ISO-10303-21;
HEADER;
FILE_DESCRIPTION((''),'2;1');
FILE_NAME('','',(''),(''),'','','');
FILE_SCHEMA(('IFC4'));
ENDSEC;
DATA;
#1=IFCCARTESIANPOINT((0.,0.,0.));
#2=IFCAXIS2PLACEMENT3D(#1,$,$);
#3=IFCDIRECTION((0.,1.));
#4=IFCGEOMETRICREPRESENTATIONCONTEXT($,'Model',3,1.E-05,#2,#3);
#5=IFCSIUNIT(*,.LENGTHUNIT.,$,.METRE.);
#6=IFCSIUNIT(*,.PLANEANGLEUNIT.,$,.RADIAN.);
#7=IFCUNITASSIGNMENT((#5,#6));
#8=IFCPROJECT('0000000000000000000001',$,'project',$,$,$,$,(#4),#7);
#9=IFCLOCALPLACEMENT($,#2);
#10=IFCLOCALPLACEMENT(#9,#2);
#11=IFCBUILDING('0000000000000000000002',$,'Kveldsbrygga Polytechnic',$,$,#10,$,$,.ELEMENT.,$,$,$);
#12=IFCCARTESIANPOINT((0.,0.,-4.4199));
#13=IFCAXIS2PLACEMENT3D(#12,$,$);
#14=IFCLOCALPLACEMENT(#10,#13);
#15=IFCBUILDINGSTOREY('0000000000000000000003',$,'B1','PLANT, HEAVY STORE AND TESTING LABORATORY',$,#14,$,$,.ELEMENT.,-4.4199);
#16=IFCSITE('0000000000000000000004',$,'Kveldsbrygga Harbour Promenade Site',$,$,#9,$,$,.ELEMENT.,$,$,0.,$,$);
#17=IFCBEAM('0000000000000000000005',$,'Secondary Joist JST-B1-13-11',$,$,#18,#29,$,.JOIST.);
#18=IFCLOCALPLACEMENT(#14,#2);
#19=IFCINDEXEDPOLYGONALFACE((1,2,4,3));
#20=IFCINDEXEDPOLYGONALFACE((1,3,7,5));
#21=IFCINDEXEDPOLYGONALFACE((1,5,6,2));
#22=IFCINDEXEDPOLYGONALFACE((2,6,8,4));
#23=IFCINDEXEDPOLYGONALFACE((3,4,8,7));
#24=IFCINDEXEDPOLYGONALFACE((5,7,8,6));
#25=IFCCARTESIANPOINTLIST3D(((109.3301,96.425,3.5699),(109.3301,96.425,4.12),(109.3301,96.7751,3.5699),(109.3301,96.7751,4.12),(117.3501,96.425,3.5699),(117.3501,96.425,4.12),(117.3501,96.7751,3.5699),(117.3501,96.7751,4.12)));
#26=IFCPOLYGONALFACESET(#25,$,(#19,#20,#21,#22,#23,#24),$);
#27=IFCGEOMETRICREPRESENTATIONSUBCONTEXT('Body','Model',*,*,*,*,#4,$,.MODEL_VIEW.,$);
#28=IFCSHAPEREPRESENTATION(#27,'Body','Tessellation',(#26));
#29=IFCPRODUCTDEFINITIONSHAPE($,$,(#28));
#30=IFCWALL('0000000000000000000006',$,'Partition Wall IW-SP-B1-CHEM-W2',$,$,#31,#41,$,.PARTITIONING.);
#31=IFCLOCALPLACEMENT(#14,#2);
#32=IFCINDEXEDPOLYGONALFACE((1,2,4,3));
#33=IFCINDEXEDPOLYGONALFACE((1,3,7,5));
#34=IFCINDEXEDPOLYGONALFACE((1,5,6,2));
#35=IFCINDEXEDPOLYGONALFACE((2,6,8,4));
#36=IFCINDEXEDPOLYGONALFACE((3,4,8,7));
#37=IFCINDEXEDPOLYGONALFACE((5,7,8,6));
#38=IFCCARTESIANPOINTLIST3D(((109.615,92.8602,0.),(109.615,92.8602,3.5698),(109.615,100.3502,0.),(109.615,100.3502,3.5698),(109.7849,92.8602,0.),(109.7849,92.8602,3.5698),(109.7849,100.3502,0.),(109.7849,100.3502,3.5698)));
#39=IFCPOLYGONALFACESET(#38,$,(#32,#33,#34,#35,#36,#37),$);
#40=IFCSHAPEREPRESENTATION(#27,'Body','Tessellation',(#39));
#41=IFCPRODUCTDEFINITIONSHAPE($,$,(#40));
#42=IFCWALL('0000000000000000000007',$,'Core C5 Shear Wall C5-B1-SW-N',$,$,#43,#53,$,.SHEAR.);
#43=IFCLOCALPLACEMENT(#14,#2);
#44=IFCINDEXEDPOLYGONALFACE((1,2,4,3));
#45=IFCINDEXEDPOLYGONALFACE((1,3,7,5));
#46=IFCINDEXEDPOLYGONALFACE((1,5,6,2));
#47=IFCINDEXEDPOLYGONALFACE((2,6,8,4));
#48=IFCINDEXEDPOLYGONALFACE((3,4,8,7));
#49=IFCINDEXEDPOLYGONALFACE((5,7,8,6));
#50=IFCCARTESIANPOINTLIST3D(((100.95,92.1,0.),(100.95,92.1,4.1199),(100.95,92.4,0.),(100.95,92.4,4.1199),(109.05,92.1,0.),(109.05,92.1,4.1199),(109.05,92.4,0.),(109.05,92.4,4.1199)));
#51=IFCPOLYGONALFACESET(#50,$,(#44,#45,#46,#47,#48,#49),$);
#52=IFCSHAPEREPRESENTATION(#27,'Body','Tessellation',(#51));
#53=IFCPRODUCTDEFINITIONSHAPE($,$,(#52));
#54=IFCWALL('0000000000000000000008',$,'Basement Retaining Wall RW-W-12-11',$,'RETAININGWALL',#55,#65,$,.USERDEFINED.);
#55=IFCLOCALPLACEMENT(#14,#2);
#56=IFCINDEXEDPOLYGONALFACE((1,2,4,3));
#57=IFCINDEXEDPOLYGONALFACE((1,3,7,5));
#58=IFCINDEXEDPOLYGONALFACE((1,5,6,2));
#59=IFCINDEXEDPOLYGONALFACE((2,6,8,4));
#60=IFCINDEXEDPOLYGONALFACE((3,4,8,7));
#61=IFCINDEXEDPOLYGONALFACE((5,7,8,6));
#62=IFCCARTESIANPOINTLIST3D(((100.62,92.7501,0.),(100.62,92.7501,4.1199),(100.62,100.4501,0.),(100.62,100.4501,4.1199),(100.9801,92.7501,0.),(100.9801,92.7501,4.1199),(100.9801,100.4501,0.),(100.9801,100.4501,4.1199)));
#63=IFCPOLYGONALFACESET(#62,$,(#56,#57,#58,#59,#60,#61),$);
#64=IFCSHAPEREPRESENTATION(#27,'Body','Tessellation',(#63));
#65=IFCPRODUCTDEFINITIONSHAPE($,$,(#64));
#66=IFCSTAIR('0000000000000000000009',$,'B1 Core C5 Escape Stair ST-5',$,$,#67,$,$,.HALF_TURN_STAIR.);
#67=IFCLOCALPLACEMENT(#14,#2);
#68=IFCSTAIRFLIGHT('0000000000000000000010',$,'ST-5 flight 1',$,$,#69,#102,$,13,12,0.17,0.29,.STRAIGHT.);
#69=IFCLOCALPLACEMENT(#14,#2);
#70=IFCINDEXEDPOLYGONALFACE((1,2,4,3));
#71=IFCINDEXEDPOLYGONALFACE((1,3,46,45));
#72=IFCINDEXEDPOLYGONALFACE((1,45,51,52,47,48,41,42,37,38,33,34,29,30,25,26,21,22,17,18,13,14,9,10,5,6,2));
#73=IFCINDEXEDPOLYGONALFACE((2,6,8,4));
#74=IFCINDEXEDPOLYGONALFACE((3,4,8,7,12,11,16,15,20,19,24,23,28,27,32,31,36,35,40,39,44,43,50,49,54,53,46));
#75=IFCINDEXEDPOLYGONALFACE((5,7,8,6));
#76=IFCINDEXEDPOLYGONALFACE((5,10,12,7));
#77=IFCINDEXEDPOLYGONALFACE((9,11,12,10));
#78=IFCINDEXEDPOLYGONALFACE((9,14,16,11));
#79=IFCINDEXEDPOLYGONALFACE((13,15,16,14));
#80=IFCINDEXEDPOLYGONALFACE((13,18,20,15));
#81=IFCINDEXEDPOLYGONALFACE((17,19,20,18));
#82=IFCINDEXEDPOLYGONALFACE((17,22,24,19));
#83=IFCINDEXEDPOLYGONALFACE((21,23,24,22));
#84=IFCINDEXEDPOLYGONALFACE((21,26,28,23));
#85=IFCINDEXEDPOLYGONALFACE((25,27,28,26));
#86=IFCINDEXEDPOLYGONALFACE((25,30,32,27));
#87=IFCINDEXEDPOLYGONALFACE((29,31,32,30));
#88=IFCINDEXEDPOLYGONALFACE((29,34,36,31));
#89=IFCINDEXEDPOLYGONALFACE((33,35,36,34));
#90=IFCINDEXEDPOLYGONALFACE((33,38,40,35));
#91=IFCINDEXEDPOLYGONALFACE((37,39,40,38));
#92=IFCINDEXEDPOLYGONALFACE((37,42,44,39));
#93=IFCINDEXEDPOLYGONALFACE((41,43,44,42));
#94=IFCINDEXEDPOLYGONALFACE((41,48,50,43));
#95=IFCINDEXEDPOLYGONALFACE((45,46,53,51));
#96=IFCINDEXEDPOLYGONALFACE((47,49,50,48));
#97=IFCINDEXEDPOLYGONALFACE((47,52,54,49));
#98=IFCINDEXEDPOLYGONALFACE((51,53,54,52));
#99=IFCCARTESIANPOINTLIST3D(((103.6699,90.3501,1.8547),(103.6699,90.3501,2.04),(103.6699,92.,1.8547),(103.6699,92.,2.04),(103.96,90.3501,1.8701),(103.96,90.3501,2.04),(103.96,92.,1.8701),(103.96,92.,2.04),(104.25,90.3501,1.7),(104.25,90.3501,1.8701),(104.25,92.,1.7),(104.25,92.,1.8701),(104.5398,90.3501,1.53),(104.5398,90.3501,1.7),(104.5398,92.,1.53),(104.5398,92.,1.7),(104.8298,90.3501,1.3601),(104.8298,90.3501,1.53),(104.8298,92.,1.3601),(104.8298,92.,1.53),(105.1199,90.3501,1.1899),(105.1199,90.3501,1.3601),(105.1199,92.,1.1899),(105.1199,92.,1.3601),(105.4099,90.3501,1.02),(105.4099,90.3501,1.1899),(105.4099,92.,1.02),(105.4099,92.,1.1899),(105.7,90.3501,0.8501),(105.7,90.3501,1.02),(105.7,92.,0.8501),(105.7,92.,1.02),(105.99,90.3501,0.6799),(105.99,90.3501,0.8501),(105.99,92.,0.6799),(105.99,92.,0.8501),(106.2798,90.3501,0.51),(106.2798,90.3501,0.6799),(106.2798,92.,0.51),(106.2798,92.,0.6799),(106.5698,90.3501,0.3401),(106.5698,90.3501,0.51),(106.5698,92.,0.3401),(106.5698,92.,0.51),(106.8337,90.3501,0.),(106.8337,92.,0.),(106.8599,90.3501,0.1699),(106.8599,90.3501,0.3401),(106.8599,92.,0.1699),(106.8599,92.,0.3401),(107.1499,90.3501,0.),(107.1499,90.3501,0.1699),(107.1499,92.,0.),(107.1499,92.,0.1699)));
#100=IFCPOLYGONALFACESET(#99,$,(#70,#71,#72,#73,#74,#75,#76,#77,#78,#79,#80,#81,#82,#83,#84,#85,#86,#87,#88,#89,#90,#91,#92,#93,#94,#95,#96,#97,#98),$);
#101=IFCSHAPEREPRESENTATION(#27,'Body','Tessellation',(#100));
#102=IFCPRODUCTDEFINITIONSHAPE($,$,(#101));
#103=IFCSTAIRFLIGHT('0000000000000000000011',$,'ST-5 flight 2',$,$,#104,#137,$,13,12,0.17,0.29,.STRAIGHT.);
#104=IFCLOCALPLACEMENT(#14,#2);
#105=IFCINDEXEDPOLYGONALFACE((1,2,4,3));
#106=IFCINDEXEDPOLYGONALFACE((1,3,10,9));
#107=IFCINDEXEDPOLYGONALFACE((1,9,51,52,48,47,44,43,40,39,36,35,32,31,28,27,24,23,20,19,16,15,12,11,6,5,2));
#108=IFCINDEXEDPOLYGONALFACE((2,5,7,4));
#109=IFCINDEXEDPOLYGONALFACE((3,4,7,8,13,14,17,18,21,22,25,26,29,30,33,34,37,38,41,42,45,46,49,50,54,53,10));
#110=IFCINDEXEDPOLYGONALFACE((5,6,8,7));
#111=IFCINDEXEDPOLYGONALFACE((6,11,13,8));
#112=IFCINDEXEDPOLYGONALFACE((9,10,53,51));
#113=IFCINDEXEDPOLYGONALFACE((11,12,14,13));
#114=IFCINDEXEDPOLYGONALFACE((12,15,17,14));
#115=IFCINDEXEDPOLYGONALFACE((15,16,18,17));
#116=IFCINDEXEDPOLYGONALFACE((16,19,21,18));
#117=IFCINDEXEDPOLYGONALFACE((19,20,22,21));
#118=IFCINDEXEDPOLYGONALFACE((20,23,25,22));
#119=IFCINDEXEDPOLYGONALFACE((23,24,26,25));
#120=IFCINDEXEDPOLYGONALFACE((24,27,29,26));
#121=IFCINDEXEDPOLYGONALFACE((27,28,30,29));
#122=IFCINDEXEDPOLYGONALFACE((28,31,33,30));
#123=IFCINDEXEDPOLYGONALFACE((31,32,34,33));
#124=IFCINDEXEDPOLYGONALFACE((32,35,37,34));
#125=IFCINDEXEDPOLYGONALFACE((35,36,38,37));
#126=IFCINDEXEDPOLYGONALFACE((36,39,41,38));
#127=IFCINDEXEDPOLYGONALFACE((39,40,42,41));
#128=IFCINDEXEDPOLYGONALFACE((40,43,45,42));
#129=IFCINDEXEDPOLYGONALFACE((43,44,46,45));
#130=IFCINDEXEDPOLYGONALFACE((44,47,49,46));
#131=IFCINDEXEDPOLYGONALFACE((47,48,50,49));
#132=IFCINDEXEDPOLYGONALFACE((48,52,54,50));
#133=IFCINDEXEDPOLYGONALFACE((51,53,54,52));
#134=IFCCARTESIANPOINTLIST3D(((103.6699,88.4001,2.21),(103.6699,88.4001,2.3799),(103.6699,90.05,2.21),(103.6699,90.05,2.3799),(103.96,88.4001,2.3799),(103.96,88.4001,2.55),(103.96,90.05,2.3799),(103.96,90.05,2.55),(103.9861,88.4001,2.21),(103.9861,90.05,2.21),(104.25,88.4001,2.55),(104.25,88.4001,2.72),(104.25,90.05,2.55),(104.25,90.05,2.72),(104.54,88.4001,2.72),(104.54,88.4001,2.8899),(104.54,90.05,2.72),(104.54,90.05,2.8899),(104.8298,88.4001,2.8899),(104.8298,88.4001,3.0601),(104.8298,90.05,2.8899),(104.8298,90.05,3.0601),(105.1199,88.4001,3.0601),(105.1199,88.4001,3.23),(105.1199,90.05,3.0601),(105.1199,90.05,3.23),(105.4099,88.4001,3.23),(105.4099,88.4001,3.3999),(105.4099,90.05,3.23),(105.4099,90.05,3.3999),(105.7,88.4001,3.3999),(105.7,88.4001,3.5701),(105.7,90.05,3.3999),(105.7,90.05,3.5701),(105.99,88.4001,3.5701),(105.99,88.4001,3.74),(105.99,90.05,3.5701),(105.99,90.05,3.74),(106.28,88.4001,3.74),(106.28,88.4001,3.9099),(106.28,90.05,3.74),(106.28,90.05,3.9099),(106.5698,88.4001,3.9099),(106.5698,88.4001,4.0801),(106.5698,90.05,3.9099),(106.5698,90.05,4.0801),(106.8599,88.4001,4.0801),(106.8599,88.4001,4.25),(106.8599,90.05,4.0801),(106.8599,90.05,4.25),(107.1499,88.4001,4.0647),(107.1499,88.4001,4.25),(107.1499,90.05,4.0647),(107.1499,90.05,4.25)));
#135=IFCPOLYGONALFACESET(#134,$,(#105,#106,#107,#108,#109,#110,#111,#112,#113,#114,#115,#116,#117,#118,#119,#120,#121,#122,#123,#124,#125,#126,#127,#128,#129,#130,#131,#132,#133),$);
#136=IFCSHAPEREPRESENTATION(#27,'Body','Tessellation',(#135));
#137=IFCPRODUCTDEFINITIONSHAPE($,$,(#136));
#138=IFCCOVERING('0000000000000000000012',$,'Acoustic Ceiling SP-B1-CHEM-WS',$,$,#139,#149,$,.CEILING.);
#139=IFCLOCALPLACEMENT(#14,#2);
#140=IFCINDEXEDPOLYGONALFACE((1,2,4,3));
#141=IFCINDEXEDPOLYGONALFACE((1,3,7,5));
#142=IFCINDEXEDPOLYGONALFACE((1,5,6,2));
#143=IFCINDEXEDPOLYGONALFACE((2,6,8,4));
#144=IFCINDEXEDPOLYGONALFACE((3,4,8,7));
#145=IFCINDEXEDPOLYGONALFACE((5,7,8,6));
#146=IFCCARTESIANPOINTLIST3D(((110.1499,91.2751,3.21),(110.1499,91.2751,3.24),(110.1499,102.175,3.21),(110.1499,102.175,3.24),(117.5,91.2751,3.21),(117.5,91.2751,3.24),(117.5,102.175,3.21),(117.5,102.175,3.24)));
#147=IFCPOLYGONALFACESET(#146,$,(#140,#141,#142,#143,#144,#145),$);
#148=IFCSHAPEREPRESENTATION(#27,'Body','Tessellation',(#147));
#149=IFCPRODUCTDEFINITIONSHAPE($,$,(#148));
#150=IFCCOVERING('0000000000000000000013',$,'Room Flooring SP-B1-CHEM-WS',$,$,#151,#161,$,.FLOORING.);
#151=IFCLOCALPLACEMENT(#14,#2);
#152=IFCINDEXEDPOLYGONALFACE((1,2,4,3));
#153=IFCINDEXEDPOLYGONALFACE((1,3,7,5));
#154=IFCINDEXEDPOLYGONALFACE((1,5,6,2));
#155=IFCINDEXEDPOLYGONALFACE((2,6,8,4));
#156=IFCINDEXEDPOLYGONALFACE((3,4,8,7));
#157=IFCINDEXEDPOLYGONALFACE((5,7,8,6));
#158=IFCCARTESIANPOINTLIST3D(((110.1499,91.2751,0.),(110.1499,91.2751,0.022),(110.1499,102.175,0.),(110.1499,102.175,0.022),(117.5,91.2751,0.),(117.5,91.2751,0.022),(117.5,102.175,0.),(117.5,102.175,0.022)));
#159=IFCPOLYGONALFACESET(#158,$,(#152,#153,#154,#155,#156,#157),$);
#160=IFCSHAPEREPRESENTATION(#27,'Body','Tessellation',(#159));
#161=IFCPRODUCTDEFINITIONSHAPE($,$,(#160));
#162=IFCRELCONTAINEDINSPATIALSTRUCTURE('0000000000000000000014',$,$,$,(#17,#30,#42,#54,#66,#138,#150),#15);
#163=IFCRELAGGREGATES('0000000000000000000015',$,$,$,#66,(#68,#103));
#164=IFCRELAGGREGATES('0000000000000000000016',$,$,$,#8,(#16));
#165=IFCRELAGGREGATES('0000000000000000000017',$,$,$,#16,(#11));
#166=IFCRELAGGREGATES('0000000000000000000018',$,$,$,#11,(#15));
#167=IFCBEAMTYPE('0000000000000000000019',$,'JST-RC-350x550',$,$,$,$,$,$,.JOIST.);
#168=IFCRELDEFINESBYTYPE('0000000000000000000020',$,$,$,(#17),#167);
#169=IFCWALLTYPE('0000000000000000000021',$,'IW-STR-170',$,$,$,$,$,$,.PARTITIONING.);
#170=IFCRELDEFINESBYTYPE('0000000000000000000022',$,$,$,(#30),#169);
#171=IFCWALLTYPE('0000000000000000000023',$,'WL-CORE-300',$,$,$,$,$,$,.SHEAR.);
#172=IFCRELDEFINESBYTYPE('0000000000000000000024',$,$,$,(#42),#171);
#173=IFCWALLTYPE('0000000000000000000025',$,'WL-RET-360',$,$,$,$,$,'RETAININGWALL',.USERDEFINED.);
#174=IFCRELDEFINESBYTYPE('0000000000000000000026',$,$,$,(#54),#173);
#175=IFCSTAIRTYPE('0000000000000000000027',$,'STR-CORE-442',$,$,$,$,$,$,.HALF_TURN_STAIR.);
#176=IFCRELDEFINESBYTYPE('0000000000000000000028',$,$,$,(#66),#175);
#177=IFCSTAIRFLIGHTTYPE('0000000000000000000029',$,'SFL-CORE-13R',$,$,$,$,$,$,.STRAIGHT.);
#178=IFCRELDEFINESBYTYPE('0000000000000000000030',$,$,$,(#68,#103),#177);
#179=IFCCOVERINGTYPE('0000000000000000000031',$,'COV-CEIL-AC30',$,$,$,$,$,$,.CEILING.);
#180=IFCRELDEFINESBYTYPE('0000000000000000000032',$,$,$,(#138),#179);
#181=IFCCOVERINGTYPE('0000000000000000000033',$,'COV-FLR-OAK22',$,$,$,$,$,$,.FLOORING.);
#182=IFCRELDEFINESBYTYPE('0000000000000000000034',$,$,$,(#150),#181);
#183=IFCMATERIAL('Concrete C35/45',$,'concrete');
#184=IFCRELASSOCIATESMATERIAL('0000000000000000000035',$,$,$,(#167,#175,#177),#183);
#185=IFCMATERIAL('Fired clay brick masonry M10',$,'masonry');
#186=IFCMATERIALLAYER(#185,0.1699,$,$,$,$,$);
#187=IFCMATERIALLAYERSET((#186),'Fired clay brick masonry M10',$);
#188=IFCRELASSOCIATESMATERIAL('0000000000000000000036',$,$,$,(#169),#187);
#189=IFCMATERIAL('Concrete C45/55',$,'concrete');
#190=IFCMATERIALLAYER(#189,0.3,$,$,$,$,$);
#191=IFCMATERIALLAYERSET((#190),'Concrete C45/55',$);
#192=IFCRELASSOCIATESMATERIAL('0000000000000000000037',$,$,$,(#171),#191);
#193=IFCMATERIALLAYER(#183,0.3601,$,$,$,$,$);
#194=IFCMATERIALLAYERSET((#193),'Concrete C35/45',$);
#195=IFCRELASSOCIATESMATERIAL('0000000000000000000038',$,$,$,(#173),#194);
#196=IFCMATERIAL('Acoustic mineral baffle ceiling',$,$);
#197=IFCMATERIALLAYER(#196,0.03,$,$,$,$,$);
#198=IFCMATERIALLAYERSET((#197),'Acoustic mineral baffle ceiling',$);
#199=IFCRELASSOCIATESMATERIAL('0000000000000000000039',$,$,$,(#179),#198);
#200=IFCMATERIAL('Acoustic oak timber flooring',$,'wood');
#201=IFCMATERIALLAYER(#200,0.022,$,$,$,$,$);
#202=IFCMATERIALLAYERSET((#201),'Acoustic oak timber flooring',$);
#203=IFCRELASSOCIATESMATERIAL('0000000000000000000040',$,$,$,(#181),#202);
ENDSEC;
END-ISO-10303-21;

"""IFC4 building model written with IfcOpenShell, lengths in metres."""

from ifc_helpers import new_model, si_unit, direction, frame, frame_2d, origin, origin_2d, place, context, subcontext, project, spatial, polyline, rectangle, outline, extrude, material, layer, layer_set, material_profile, profile_set, type_object, element, aggregate, save


model = new_model("IFC4")

# Units and contexts
model_context = context("Model", 3, precision=1e-05, world=origin(), true_north=direction((0.0, 1.0)))
body_context = subcontext(model_context, "Body", "Model", "MODEL_VIEW")
ifc_project = project(units=[si_unit("LENGTHUNIT", "METRE"), si_unit("PLANEANGLEUNIT", "RADIAN")], contexts=[model_context])

# Site, building, storey
site_placement = place(None, origin())
site = spatial("IfcSite", under=ifc_project, at=site_placement, Name="Kveldsbrygga Harbour Promenade Site", CompositionType="ELEMENT", RefElevation=0.0)
building_placement = place(site_placement, origin())
building = spatial("IfcBuilding", under=site, at=building_placement, Name="Kveldsbrygga Polytechnic", CompositionType="ELEMENT")
storey_placement = place(building_placement, frame((0.0, 0.0, -4.4199)))
storey = spatial("IfcBuildingStorey", under=building, at=storey_placement, Name="B1", Description="PLANT, HEAVY STORE AND TESTING LABORATORY", CompositionType="ELEMENT", Elevation=-4.4199)

# Shared definitions
ifc_material_1 = material(Name="Concrete C45/55", Category="concrete")

# Beam
ifc_material_2 = material(Name="Concrete C35/45", Category="concrete")
ifc_material_profile_1 = material_profile(ifc_material_2, rectangle(XDim=0.3501, YDim=0.55, at=origin_2d()), Name="RC 350x550")
ifc_profile_set_1 = profile_set([ifc_material_profile_1], Name="Concrete C35/45")
beam_type_1 = type_object("IfcBeamType", Name="JST-RC-350x550", PredefinedType="JOIST", material=ifc_profile_set_1)
beam_1_placement = place(storey_placement, frame((109.3301, 96.6001, 3.845), z_axis=(1.0, 0.0, 0.0), x_axis=(0.0, 1.0, 0.0)))
element("IfcBeam", 1, at=beam_1_placement, inside=storey, type_object=beam_type_1, Name="Secondary Joist JST-B1-13-11", PredefinedType="JOIST", context=body_context, shape_type="SweptSolid", body=[
    extrude(rectangle(XDim=0.3501, YDim=0.55, at=origin_2d()), origin(), (0.0, 0.0, 1.0), 8.02),
])

# Walls
ifc_material_3 = material(Name="Fired clay brick masonry M10", Category="masonry")
ifc_layer_1 = layer(ifc_material_3, 0.1699)
ifc_layer_set_1 = layer_set([ifc_layer_1], Name="Fired clay brick masonry M10")
wall_type_1 = type_object("IfcWallType", Name="IW-STR-170", PredefinedType="PARTITIONING", material=ifc_layer_set_1)
wall_1_placement = place(storey_placement, frame((109.7, 92.8601, 0.0), z_axis=(0.0, 0.0, 1.0), x_axis=(0.0, 1.0, 0.0)))
element("IfcWall", 2, at=wall_1_placement, inside=storey, type_object=wall_type_1, Name="Partition Wall IW-SP-B1-CHEM-W2", PredefinedType="PARTITIONING", context=body_context, shape_type="SweptSolid", body=[
    extrude(rectangle(XDim=7.49, YDim=0.1699, at=frame_2d((3.7451, 0.0))), origin(), (0.0, 0.0, 1.0), 3.5698),
])
ifc_layer_2 = layer(ifc_material_1, 0.3)
ifc_layer_set_2 = layer_set([ifc_layer_2], Name="Concrete C45/55")
wall_type_2 = type_object("IfcWallType", Name="WL-CORE-300", PredefinedType="SHEAR", material=ifc_layer_set_2)
wall_2_placement = place(storey_placement, frame((100.95, 92.25, 0.0), z_axis=(0.0, 0.0, 1.0), x_axis=(1.0, 0.0, 0.0)))
element("IfcWall", 3, at=wall_2_placement, inside=storey, type_object=wall_type_2, Name="Core C5 Shear Wall C5-B1-SW-N", PredefinedType="SHEAR", context=body_context, shape_type="SweptSolid", body=[
    extrude(rectangle(XDim=8.1001, YDim=0.3, at=frame_2d((4.05, 0.0))), origin(), (0.0, 0.0, 1.0), 4.1199),
])
ifc_layer_3 = layer(ifc_material_2, 0.3601)
ifc_layer_set_3 = layer_set([ifc_layer_3], Name="Concrete C35/45")
wall_type_3 = type_object("IfcWallType", Name="WL-RET-360", ElementType="RETAININGWALL", PredefinedType="USERDEFINED", material=ifc_layer_set_3)
wall_3_placement = place(storey_placement, frame((100.8, 92.75, 0.0), z_axis=(0.0, 0.0, 1.0), x_axis=(0.0, 1.0, 0.0)))
element("IfcWall", 4, at=wall_3_placement, inside=storey, type_object=wall_type_3, Name="Basement Retaining Wall RW-W-12-11", ObjectType="RETAININGWALL", PredefinedType="USERDEFINED", context=body_context, shape_type="SweptSolid", body=[
    extrude(rectangle(XDim=7.7, YDim=0.3601, at=frame_2d((3.8501, 0.0))), origin(), (0.0, 0.0, 1.0), 4.1199),
])

# Stair, stair flights
stair_type = type_object("IfcStairType", Name="STR-CORE-442", PredefinedType="HALF_TURN_STAIR", material=ifc_material_2)
stair_placement = place(storey_placement, origin())
stair = element("IfcStair", 5, at=stair_placement, inside=storey, type_object=stair_type, Name="B1 Core C5 Escape Stair ST-5", PredefinedType="HALF_TURN_STAIR")
stair_flight_type = type_object("IfcStairFlightType", Name="SFL-CORE-13R", PredefinedType="STRAIGHT", material=ifc_material_2)
stair_flight_1_placement = place(storey_placement, frame((107.1499, 91.175, 0.0), z_axis=(0.0, 0.0, 1.0), x_axis=(-1.0, 0.0, 0.0)))
stair_flight_1 = element("IfcStairFlight", 6, at=stair_flight_1_placement, type_object=stair_flight_type, Name="ST-5 flight 1", NumberOfRisers=13, NumberOfTreads=12, PredefinedType="STRAIGHT", RiserHeight=0.17, TreadLength=0.29, context=body_context, shape_type="SweptSolid", body=[
    extrude(outline(polyline([(0.0, 0.0), (0.0, 0.1699), (0.29, 0.1699), (0.29, 0.3401), (0.5801, 0.3401), (0.5801, 0.51), (0.8701, 0.51), (0.8701, 0.6799), (1.1599, 0.6799), (1.1599, 0.8501), (1.45, 0.8501), (1.45, 1.02), (1.74, 1.02), (1.74, 1.1899), (2.03, 1.1899), (2.03, 1.3601), (2.3201, 1.3601), (2.3201, 1.53), (2.6101, 1.53), (2.6101, 1.7), (2.8999, 1.7), (2.8999, 1.8701), (3.1899, 1.8701), (3.1899, 2.04), (3.48, 2.04), (3.48, 2.21), (3.48, 1.8547), (0.3162, 0.0), (0.0, 0.0)])), frame((0.0, 0.825, 0.0), z_axis=(0.0, -1.0, 0.0), x_axis=(1.0, 0.0, 0.0)), (0.0, 0.0, 1.0), 1.6499),
])
stair_flight_2_placement = place(storey_placement, frame((103.6699, 89.2251, 2.21), z_axis=(0.0, 0.0, 1.0), x_axis=(1.0, 0.0, 0.0)))
stair_flight_2 = element("IfcStairFlight", 7, at=stair_flight_2_placement, type_object=stair_flight_type, Name="ST-5 flight 2", NumberOfRisers=13, NumberOfTreads=12, PredefinedType="STRAIGHT", RiserHeight=0.17, TreadLength=0.29, context=body_context, shape_type="SweptSolid", body=[
    extrude(outline(polyline([(0.0, 0.0), (0.0, 0.1699), (0.29, 0.1699), (0.29, 0.3401), (0.5801, 0.3401), (0.5801, 0.51), (0.8701, 0.51), (0.8701, 0.6799), (1.1599, 0.6799), (1.1599, 0.8501), (1.45, 0.8501), (1.45, 1.02), (1.74, 1.02), (1.74, 1.1899), (2.03, 1.1899), (2.03, 1.3601), (2.3201, 1.3601), (2.3201, 1.53), (2.6101, 1.53), (2.6101, 1.7), (2.8999, 1.7), (2.8999, 1.8701), (3.1899, 1.8701), (3.1899, 2.04), (3.48, 2.04), (3.48, 2.21), (3.48, 1.8547), (0.3162, 0.0), (0.0, 0.0)])), frame((0.0, 0.825, 0.0), z_axis=(0.0, -1.0, 0.0), x_axis=(1.0, 0.0, 0.0)), (0.0, 0.0, 1.0), 1.6499),
])
aggregate(stair, [stair_flight_1, stair_flight_2])

# Coverings
ifc_material_4 = material(Name="Acoustic mineral baffle ceiling")
ifc_layer_4 = layer(ifc_material_4, 0.03)
ifc_layer_set_4 = layer_set([ifc_layer_4], Name="Acoustic mineral baffle ceiling")
covering_type_1 = type_object("IfcCoveringType", Name="COV-CEIL-AC30", PredefinedType="CEILING", material=ifc_layer_set_4)
covering_1_placement = place(storey_placement, frame((113.825, 96.7251, 3.21), z_axis=(0.0, 0.0, 1.0), x_axis=(1.0, 0.0, 0.0)))
element("IfcCovering", 8, at=covering_1_placement, inside=storey, type_object=covering_type_1, Name="Acoustic Ceiling SP-B1-CHEM-WS", PredefinedType="CEILING", context=body_context, shape_type="SweptSolid", body=[
    extrude(rectangle(XDim=7.3501, YDim=10.8999, at=origin_2d()), origin(), (0.0, 0.0, 1.0), 0.03),
])
ifc_material_5 = material(Name="Acoustic oak timber flooring", Category="wood")
ifc_layer_5 = layer(ifc_material_5, 0.022)
ifc_layer_set_5 = layer_set([ifc_layer_5], Name="Acoustic oak timber flooring")
covering_type_2 = type_object("IfcCoveringType", Name="COV-FLR-OAK22", PredefinedType="FLOORING", material=ifc_layer_set_5)
covering_2_placement = place(storey_placement, frame((113.825, 96.7251, 0.0), z_axis=(0.0, 0.0, 1.0), x_axis=(1.0, 0.0, 0.0)))
element("IfcCovering", 9, at=covering_2_placement, inside=storey, type_object=covering_type_2, Name="Room Flooring SP-B1-CHEM-WS", PredefinedType="FLOORING", context=body_context, shape_type="SweptSolid", body=[
    extrude(rectangle(XDim=7.3501, YDim=10.8999, at=origin_2d()), origin(), (0.0, 0.0, 1.0), 0.022),
])

save(model, "model.ifc")
